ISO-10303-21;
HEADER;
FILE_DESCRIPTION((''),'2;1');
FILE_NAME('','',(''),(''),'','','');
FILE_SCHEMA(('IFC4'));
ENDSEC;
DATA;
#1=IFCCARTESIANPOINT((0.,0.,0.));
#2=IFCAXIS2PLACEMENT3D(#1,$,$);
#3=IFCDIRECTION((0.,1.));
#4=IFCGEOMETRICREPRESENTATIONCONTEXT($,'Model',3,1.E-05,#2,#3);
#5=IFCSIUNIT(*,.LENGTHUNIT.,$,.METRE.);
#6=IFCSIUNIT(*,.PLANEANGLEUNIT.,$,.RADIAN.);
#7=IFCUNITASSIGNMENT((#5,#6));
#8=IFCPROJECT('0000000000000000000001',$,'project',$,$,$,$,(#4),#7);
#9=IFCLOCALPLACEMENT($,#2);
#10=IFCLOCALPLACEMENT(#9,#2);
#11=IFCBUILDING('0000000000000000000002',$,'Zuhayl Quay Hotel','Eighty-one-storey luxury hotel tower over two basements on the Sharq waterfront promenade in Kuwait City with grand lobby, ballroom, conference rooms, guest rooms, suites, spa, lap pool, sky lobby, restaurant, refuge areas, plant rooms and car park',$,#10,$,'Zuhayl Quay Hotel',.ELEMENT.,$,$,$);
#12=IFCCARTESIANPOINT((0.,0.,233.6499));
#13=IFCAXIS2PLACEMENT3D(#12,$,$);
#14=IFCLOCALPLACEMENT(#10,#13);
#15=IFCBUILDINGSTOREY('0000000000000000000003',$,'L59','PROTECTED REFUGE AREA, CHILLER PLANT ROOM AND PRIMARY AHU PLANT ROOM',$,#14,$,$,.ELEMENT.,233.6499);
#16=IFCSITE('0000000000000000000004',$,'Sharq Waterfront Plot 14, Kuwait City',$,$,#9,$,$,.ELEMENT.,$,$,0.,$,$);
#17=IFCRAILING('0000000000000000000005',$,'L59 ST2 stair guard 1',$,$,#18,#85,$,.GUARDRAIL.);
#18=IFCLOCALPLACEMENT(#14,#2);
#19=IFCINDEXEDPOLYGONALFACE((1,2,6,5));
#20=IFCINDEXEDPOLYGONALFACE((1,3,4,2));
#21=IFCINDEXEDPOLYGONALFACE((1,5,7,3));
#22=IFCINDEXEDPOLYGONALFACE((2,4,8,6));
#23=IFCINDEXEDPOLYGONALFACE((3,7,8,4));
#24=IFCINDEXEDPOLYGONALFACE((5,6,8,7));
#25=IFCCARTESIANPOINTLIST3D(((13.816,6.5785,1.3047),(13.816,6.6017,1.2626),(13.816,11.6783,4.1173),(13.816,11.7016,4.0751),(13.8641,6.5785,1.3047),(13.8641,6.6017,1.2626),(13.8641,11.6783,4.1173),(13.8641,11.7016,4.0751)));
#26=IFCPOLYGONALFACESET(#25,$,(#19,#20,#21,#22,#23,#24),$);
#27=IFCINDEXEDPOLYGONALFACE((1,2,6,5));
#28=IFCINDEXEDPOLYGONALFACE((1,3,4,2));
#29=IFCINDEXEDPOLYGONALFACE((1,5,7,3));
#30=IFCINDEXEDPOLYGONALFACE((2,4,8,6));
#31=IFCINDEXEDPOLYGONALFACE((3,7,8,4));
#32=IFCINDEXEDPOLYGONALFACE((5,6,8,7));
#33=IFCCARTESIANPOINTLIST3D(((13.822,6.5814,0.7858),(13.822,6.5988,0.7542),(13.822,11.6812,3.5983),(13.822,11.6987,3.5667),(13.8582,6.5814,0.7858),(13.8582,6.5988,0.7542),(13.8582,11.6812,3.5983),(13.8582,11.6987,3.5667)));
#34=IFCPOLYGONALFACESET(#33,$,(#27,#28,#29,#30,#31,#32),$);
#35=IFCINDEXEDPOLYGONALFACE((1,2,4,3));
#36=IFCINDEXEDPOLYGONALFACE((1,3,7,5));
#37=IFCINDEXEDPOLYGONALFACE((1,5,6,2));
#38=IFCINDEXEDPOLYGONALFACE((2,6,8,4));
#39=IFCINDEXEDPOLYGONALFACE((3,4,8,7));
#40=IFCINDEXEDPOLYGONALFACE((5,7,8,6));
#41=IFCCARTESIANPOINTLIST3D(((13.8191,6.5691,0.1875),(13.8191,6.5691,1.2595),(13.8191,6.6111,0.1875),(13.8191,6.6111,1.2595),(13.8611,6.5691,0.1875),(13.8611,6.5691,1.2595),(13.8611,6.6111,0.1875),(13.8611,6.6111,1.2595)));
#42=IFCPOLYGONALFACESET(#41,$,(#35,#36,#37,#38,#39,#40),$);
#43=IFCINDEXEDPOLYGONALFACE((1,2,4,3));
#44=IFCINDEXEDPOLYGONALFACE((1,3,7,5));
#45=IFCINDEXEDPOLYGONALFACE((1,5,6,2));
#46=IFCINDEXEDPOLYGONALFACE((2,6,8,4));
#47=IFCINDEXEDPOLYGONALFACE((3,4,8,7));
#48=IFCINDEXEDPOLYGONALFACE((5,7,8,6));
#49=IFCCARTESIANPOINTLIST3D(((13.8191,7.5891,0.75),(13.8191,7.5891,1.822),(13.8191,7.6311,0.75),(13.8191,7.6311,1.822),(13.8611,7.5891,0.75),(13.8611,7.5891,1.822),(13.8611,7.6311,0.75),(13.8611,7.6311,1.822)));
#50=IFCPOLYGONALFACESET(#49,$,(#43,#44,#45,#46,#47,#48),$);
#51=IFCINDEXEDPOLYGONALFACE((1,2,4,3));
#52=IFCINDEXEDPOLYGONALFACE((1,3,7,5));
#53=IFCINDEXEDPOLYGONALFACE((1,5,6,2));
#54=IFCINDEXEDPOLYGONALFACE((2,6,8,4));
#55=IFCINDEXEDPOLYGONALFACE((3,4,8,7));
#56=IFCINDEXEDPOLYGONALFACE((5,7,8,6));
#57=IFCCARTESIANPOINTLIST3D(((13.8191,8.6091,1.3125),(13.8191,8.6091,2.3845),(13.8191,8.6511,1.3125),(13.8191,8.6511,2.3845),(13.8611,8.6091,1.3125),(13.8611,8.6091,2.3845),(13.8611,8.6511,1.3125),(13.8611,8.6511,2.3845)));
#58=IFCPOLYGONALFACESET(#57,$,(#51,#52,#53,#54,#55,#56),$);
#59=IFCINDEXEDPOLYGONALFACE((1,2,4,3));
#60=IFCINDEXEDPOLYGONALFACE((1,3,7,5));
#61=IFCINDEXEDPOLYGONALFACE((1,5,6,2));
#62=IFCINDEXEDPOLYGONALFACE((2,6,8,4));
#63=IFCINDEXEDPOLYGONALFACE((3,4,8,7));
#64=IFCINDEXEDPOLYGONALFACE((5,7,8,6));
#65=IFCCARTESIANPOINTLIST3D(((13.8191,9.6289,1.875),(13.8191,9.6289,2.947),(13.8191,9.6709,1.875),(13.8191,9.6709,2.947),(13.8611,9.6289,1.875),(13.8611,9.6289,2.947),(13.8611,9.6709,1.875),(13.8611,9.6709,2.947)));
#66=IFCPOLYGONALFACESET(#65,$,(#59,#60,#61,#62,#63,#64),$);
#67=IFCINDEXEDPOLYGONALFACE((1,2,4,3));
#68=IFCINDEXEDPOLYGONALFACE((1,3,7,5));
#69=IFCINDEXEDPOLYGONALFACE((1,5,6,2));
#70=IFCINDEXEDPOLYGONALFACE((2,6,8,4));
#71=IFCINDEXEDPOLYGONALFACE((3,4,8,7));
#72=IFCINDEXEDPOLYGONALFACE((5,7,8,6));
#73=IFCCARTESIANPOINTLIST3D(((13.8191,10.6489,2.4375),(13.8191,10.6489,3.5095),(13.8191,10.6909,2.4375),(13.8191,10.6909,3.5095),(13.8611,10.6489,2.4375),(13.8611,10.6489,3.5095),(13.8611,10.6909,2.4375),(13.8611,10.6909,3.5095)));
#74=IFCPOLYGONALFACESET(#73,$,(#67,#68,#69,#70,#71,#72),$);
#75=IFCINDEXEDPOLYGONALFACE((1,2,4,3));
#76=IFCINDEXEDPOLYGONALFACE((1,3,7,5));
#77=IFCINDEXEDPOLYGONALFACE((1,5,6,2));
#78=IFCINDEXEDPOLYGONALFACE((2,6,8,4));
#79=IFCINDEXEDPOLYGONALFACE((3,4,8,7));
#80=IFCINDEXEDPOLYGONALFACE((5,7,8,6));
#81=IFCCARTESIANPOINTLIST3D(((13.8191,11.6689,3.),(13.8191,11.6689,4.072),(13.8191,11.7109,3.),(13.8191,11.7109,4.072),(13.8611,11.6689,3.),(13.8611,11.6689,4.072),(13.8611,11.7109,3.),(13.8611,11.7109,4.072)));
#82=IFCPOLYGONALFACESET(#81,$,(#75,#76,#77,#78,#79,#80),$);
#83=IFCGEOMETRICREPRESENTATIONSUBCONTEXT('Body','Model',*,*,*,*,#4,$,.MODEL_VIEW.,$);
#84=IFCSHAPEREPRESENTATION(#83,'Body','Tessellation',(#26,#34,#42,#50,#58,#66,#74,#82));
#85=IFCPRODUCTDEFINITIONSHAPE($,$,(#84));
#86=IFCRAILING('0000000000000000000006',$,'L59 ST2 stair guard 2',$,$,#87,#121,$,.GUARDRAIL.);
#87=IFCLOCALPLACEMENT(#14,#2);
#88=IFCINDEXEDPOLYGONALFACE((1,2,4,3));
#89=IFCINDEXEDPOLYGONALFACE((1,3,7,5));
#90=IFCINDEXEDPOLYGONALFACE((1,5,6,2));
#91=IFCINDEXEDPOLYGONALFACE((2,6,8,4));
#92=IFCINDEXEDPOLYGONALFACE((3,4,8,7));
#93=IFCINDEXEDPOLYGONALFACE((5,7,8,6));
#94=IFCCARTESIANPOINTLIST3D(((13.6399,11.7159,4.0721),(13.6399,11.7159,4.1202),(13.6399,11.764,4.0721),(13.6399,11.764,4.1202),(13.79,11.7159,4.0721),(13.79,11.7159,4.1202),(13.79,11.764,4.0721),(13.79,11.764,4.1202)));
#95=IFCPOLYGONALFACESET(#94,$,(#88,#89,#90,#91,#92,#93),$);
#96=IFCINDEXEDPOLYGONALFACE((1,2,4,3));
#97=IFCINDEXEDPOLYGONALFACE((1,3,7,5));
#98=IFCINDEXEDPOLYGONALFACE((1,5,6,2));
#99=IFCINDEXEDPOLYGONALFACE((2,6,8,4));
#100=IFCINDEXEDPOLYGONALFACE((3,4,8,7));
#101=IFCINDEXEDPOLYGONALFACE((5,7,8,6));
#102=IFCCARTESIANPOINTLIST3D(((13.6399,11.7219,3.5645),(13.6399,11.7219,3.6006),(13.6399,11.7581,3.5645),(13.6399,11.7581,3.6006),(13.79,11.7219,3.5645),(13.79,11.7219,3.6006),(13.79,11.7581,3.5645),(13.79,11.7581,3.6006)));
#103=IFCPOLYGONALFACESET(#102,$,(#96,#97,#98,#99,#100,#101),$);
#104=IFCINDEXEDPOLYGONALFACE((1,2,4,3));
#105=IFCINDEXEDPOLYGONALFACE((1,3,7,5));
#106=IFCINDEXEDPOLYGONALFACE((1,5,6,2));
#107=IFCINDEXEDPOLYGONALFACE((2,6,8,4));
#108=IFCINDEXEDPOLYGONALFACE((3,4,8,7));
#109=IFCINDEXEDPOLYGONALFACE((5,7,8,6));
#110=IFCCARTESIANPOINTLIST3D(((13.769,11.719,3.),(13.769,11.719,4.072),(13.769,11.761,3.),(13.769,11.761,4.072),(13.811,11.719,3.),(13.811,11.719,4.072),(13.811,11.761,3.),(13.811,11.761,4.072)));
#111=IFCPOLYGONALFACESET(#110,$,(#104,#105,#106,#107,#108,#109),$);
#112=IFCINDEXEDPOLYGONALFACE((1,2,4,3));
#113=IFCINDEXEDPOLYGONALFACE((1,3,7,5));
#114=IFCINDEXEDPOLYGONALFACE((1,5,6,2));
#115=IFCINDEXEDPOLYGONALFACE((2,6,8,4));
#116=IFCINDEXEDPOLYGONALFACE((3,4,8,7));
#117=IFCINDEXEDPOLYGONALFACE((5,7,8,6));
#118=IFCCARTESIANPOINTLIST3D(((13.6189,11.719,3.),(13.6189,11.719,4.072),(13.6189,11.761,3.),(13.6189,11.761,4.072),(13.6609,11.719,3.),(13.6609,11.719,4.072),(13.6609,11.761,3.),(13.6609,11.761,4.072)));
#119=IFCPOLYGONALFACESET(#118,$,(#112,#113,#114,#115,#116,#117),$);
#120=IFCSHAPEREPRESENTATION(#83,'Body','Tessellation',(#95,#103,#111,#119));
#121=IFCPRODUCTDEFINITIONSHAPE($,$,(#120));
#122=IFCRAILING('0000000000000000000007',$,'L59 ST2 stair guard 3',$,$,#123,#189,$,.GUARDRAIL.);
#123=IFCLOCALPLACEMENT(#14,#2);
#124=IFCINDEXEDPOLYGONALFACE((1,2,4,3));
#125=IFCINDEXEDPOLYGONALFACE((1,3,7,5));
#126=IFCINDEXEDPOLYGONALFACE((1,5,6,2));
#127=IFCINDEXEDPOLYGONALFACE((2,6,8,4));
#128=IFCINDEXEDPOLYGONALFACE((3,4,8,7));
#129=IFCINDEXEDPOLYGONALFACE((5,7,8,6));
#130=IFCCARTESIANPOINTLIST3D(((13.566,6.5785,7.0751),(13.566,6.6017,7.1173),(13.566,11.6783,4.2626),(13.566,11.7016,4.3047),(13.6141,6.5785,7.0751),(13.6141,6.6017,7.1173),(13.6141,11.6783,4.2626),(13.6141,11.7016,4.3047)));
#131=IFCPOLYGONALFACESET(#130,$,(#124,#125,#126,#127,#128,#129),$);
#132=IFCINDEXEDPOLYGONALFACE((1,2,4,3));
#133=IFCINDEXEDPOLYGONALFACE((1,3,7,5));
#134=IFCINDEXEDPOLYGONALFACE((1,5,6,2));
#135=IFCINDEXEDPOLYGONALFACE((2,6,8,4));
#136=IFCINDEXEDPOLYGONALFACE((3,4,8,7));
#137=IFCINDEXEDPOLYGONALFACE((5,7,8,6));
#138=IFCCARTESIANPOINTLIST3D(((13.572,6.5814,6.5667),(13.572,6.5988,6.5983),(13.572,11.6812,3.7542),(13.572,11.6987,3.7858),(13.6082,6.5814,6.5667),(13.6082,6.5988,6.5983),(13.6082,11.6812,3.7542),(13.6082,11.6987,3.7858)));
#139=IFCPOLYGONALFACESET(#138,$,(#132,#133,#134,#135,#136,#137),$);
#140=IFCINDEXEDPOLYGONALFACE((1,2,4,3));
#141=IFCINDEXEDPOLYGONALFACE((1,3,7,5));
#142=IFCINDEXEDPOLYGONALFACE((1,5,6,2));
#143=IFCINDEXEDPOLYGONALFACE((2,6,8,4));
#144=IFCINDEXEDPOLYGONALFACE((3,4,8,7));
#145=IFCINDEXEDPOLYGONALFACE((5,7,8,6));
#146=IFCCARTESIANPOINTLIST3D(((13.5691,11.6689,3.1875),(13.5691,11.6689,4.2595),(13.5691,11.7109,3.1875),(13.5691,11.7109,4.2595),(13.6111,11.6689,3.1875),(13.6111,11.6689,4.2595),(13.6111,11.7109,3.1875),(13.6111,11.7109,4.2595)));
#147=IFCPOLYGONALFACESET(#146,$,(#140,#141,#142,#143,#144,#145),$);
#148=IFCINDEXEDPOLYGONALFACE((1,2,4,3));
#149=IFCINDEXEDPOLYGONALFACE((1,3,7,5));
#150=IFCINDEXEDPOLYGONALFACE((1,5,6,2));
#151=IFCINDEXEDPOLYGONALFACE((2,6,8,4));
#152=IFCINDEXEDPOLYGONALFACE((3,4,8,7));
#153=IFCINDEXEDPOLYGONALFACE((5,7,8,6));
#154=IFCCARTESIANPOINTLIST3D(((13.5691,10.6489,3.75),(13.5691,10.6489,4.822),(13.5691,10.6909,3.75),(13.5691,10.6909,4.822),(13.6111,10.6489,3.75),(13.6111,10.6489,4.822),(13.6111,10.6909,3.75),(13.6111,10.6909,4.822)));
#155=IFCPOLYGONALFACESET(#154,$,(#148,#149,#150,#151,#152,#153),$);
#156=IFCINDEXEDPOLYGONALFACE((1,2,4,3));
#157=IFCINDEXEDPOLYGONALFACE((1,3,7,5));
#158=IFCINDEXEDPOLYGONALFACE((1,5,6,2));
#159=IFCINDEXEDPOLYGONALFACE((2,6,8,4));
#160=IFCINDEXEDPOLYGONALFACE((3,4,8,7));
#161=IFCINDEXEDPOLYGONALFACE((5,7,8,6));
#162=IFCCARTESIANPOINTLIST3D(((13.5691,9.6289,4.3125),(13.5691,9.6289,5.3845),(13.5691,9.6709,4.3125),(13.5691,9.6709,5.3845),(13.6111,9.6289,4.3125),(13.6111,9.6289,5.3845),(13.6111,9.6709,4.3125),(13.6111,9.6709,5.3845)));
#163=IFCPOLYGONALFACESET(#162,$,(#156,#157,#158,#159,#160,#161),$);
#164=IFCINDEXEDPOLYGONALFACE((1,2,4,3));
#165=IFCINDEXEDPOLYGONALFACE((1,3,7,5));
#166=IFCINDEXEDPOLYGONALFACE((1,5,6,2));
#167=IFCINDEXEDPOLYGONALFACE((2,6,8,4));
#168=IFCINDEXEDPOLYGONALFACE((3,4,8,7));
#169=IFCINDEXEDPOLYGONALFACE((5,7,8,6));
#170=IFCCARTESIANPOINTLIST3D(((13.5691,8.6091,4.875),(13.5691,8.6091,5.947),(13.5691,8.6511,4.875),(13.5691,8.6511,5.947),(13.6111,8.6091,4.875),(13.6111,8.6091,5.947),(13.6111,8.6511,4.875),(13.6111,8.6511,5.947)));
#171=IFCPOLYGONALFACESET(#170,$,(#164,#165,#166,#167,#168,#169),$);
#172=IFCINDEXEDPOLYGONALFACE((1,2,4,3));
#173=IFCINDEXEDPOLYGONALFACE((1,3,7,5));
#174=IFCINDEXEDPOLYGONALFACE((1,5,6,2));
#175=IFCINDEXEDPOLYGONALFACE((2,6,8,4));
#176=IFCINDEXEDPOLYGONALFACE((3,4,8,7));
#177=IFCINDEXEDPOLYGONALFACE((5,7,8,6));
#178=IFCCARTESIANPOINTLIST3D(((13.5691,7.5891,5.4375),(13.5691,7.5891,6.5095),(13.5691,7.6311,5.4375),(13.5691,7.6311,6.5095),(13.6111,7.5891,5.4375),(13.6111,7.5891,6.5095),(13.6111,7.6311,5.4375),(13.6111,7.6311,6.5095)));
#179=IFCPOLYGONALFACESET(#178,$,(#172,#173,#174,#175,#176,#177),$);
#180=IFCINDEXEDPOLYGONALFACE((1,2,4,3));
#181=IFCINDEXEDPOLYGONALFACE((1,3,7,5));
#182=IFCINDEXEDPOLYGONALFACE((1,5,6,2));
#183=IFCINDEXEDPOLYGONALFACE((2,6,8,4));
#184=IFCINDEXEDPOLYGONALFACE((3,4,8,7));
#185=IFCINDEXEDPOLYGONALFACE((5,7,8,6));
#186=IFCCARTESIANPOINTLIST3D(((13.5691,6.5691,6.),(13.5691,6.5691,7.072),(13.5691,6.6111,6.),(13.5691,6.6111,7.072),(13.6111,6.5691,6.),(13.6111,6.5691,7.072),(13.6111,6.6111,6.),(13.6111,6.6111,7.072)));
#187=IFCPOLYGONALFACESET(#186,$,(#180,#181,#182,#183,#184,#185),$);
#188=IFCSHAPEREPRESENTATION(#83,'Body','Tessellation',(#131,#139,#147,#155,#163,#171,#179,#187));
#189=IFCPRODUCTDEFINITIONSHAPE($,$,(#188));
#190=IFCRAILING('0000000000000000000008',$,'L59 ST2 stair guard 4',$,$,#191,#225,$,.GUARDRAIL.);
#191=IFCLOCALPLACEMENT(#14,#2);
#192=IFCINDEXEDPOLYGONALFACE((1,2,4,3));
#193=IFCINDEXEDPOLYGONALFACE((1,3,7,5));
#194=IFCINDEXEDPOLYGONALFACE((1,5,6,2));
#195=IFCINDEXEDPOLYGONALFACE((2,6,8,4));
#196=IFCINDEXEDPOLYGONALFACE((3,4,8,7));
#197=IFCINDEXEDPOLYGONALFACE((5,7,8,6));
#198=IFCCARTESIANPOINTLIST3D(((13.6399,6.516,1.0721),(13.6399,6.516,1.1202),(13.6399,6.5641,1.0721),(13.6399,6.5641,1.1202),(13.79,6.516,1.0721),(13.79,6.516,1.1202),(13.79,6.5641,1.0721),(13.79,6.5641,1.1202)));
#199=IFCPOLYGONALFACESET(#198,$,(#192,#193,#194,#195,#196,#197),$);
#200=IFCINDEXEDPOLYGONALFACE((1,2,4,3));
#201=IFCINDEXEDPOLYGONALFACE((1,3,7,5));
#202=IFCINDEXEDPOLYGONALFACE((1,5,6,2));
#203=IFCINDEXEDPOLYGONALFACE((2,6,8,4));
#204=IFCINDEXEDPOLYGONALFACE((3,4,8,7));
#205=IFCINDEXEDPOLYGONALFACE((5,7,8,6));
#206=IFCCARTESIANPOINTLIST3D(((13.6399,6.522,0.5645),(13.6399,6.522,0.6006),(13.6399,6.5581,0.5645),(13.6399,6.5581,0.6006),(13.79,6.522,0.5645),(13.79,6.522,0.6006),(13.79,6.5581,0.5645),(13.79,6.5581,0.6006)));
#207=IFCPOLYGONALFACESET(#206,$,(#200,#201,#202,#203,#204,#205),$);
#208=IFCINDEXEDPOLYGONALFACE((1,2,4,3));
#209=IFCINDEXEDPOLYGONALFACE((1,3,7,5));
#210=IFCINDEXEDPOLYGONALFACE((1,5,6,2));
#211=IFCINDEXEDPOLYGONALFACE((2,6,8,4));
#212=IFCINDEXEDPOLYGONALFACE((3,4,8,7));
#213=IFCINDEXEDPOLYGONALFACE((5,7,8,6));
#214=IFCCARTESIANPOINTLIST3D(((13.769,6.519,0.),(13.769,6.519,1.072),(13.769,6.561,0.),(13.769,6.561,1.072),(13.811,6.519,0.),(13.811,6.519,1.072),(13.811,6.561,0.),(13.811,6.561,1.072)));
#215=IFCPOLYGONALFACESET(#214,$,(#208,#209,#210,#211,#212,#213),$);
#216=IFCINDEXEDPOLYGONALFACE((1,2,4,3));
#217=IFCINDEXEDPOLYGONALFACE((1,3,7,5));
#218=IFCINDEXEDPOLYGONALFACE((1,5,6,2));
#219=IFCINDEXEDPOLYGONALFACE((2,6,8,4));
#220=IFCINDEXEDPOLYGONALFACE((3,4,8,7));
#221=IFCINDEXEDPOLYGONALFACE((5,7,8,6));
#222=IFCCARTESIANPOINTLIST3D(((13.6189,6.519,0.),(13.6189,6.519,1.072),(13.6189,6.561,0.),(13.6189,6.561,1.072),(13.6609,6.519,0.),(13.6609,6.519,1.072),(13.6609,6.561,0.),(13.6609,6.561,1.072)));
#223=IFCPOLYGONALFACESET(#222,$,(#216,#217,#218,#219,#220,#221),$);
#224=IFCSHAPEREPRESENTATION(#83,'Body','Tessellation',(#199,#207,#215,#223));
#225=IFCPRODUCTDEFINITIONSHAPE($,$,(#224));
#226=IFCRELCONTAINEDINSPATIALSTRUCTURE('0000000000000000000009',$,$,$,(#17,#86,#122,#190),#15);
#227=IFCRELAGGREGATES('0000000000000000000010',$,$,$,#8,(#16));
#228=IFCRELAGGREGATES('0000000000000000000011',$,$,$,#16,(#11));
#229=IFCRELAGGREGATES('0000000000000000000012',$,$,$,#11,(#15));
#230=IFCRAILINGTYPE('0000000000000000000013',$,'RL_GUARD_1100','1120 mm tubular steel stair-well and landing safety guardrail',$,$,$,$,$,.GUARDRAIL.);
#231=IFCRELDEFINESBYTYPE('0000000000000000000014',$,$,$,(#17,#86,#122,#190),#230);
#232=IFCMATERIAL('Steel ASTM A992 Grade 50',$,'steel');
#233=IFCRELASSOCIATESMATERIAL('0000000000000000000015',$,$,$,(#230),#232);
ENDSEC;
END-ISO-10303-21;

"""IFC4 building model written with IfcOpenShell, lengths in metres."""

from ifc_helpers import new_model, si_unit, direction, frame, origin, origin_2d, place, context, subcontext, project, spatial, rectangle, extrude, material, type_object, element, save


model = new_model("IFC4")

# Units and contexts
model_context = context("Model", 3, precision=1e-05, world=origin(), true_north=direction((0.0, 1.0)))
body_context = subcontext(model_context, "Body", "Model", "MODEL_VIEW")
ifc_project = project(units=[si_unit("LENGTHUNIT", "METRE"), si_unit("PLANEANGLEUNIT", "RADIAN")], contexts=[model_context])

# Site, building, storey
site_placement = place(None, origin())
site = spatial("IfcSite", under=ifc_project, at=site_placement, Name="Sharq Waterfront Plot 14, Kuwait City", CompositionType="ELEMENT", RefElevation=0.0)
building_placement = place(site_placement, origin())
building = spatial("IfcBuilding", under=site, at=building_placement, Name="Zuhayl Quay Hotel", Description="Eighty-one-storey luxury hotel tower over two basements on the Sharq waterfront promenade in Kuwait City with grand lobby, ballroom, conference rooms, guest rooms, suites, spa, lap pool, sky lobby, restaurant, refuge areas, plant rooms and car park", LongName="Zuhayl Quay Hotel", CompositionType="ELEMENT")
storey_placement = place(building_placement, frame((0.0, 0.0, 233.6499)))
storey = spatial("IfcBuildingStorey", under=building, at=storey_placement, Name="L59", Description="PROTECTED REFUGE AREA, CHILLER PLANT ROOM AND PRIMARY AHU PLANT ROOM", CompositionType="ELEMENT", Elevation=233.6499)

# Shared definitions
ifc_material_1 = material(Name="Steel ASTM A992 Grade 50", Category="steel")

# Railings
railing_type_1 = type_object("IfcRailingType", Name="RL_GUARD_1100", Description="1120 mm tubular steel stair-well and landing safety guardrail", PredefinedType="GUARDRAIL", material=ifc_material_1)
railing_1_placement = place(storey_placement, frame((13.8401, 6.5901, 0.1875)))
element("IfcRailing", 1, at=railing_1_placement, inside=storey, type_object=railing_type_1, Name="L59 ST2 stair guard 1", PredefinedType="GUARDRAIL", context=body_context, shape_type="SweptSolid", body=[
    extrude(rectangle(XDim=0.0481, YDim=0.0481, at=origin_2d()), frame((0.0, 0.0, 1.0962), z_axis=(0.0, 0.875666, 0.482918), x_axis=(-1.0, 0.0, 0.0)), (0.0, 0.0, 1.0), 5.824),
    extrude(rectangle(XDim=0.0361, YDim=0.0361, at=origin_2d()), frame((0.0, 0.0, 0.5825), z_axis=(0.0, 0.875666, 0.482918), x_axis=(-1.0, 0.0, 0.0)), (0.0, 0.0, 1.0), 5.824),
    extrude(rectangle(XDim=0.042, YDim=0.042, at=origin_2d()), origin(), (0.0, 0.0, 1.0), 1.072),
    extrude(rectangle(XDim=0.042, YDim=0.042, at=origin_2d()), frame((0.0, 1.02, 0.5625)), (0.0, 0.0, 1.0), 1.072),
    extrude(rectangle(XDim=0.042, YDim=0.042, at=origin_2d()), frame((0.0, 2.04, 1.125)), (0.0, 0.0, 1.0), 1.072),
    extrude(rectangle(XDim=0.042, YDim=0.042, at=origin_2d()), frame((0.0, 3.0598, 1.6875)), (0.0, 0.0, 1.0), 1.072),
    extrude(rectangle(XDim=0.042, YDim=0.042, at=origin_2d()), frame((0.0, 4.0798, 2.25)), (0.0, 0.0, 1.0), 1.072),
    extrude(rectangle(XDim=0.042, YDim=0.042, at=origin_2d()), frame((0.0, 5.0999, 2.8125)), (0.0, 0.0, 1.0), 1.072),
])
railing_2_placement = place(storey_placement, frame((13.79, 11.74, 3.0)))
element("IfcRailing", 2, at=railing_2_placement, inside=storey, type_object=railing_type_1, Name="L59 ST2 stair guard 2", PredefinedType="GUARDRAIL", context=body_context, shape_type="SweptSolid", body=[
    extrude(rectangle(XDim=0.0481, YDim=0.0481, at=origin_2d()), frame((0.0, 0.0, 1.0962), z_axis=(-1.0, 0.0, 0.0), x_axis=(0.0, -1.0, 0.0)), (0.0, 0.0, 1.0), 0.1501),
    extrude(rectangle(XDim=0.0361, YDim=0.0361, at=origin_2d()), frame((0.0, 0.0, 0.5825), z_axis=(-1.0, 0.0, 0.0), x_axis=(0.0, -1.0, 0.0)), (0.0, 0.0, 1.0), 0.1501),
    extrude(rectangle(XDim=0.042, YDim=0.042, at=origin_2d()), origin(), (0.0, 0.0, 1.0), 1.072),
    extrude(rectangle(XDim=0.042, YDim=0.042, at=origin_2d()), frame((-0.1501, 0.0, 0.0)), (0.0, 0.0, 1.0), 1.072),
])
railing_3_placement = place(storey_placement, frame((13.5901, 11.6899, 3.1875)))
element("IfcRailing", 3, at=railing_3_placement, inside=storey, type_object=railing_type_1, Name="L59 ST2 stair guard 3", PredefinedType="GUARDRAIL", context=body_context, shape_type="SweptSolid", body=[
    extrude(rectangle(XDim=0.0481, YDim=0.0481, at=origin_2d()), frame((0.0, 0.0, 1.0962), z_axis=(0.0, -0.875666, 0.482918), x_axis=(1.0, 0.0, 0.0)), (0.0, 0.0, 1.0), 5.824),
    extrude(rectangle(XDim=0.0361, YDim=0.0361, at=origin_2d()), frame((0.0, 0.0, 0.5825), z_axis=(0.0, -0.875666, 0.482918), x_axis=(1.0, 0.0, 0.0)), (0.0, 0.0, 1.0), 5.824),
    extrude(rectangle(XDim=0.042, YDim=0.042, at=origin_2d()), origin(), (0.0, 0.0, 1.0), 1.072),
    extrude(rectangle(XDim=0.042, YDim=0.042, at=origin_2d()), frame((0.0, -1.02, 0.5625)), (0.0, 0.0, 1.0), 1.072),
    extrude(rectangle(XDim=0.042, YDim=0.042, at=origin_2d()), frame((0.0, -2.04, 1.125)), (0.0, 0.0, 1.0), 1.072),
    extrude(rectangle(XDim=0.042, YDim=0.042, at=origin_2d()), frame((0.0, -3.0598, 1.6875)), (0.0, 0.0, 1.0), 1.072),
    extrude(rectangle(XDim=0.042, YDim=0.042, at=origin_2d()), frame((0.0, -4.0798, 2.25)), (0.0, 0.0, 1.0), 1.072),
    extrude(rectangle(XDim=0.042, YDim=0.042, at=origin_2d()), frame((0.0, -5.0999, 2.8125)), (0.0, 0.0, 1.0), 1.072),
])
railing_4_placement = place(storey_placement, frame((13.79, 6.54, 0.0)))
element("IfcRailing", 4, at=railing_4_placement, inside=storey, type_object=railing_type_1, Name="L59 ST2 stair guard 4", PredefinedType="GUARDRAIL", context=body_context, shape_type="SweptSolid", body=[
    extrude(rectangle(XDim=0.0481, YDim=0.0481, at=origin_2d()), frame((0.0, 0.0, 1.0962), z_axis=(-1.0, 0.0, 0.0), x_axis=(0.0, -1.0, 0.0)), (0.0, 0.0, 1.0), 0.1501),
    extrude(rectangle(XDim=0.0361, YDim=0.0361, at=origin_2d()), frame((0.0, 0.0, 0.5825), z_axis=(-1.0, 0.0, 0.0), x_axis=(0.0, -1.0, 0.0)), (0.0, 0.0, 1.0), 0.1501),
    extrude(rectangle(XDim=0.042, YDim=0.042, at=origin_2d()), origin(), (0.0, 0.0, 1.0), 1.072),
    extrude(rectangle(XDim=0.042, YDim=0.042, at=origin_2d()), frame((-0.1501, 0.0, 0.0)), (0.0, 0.0, 1.0), 1.072),
])

save(model, "model.ifc")
